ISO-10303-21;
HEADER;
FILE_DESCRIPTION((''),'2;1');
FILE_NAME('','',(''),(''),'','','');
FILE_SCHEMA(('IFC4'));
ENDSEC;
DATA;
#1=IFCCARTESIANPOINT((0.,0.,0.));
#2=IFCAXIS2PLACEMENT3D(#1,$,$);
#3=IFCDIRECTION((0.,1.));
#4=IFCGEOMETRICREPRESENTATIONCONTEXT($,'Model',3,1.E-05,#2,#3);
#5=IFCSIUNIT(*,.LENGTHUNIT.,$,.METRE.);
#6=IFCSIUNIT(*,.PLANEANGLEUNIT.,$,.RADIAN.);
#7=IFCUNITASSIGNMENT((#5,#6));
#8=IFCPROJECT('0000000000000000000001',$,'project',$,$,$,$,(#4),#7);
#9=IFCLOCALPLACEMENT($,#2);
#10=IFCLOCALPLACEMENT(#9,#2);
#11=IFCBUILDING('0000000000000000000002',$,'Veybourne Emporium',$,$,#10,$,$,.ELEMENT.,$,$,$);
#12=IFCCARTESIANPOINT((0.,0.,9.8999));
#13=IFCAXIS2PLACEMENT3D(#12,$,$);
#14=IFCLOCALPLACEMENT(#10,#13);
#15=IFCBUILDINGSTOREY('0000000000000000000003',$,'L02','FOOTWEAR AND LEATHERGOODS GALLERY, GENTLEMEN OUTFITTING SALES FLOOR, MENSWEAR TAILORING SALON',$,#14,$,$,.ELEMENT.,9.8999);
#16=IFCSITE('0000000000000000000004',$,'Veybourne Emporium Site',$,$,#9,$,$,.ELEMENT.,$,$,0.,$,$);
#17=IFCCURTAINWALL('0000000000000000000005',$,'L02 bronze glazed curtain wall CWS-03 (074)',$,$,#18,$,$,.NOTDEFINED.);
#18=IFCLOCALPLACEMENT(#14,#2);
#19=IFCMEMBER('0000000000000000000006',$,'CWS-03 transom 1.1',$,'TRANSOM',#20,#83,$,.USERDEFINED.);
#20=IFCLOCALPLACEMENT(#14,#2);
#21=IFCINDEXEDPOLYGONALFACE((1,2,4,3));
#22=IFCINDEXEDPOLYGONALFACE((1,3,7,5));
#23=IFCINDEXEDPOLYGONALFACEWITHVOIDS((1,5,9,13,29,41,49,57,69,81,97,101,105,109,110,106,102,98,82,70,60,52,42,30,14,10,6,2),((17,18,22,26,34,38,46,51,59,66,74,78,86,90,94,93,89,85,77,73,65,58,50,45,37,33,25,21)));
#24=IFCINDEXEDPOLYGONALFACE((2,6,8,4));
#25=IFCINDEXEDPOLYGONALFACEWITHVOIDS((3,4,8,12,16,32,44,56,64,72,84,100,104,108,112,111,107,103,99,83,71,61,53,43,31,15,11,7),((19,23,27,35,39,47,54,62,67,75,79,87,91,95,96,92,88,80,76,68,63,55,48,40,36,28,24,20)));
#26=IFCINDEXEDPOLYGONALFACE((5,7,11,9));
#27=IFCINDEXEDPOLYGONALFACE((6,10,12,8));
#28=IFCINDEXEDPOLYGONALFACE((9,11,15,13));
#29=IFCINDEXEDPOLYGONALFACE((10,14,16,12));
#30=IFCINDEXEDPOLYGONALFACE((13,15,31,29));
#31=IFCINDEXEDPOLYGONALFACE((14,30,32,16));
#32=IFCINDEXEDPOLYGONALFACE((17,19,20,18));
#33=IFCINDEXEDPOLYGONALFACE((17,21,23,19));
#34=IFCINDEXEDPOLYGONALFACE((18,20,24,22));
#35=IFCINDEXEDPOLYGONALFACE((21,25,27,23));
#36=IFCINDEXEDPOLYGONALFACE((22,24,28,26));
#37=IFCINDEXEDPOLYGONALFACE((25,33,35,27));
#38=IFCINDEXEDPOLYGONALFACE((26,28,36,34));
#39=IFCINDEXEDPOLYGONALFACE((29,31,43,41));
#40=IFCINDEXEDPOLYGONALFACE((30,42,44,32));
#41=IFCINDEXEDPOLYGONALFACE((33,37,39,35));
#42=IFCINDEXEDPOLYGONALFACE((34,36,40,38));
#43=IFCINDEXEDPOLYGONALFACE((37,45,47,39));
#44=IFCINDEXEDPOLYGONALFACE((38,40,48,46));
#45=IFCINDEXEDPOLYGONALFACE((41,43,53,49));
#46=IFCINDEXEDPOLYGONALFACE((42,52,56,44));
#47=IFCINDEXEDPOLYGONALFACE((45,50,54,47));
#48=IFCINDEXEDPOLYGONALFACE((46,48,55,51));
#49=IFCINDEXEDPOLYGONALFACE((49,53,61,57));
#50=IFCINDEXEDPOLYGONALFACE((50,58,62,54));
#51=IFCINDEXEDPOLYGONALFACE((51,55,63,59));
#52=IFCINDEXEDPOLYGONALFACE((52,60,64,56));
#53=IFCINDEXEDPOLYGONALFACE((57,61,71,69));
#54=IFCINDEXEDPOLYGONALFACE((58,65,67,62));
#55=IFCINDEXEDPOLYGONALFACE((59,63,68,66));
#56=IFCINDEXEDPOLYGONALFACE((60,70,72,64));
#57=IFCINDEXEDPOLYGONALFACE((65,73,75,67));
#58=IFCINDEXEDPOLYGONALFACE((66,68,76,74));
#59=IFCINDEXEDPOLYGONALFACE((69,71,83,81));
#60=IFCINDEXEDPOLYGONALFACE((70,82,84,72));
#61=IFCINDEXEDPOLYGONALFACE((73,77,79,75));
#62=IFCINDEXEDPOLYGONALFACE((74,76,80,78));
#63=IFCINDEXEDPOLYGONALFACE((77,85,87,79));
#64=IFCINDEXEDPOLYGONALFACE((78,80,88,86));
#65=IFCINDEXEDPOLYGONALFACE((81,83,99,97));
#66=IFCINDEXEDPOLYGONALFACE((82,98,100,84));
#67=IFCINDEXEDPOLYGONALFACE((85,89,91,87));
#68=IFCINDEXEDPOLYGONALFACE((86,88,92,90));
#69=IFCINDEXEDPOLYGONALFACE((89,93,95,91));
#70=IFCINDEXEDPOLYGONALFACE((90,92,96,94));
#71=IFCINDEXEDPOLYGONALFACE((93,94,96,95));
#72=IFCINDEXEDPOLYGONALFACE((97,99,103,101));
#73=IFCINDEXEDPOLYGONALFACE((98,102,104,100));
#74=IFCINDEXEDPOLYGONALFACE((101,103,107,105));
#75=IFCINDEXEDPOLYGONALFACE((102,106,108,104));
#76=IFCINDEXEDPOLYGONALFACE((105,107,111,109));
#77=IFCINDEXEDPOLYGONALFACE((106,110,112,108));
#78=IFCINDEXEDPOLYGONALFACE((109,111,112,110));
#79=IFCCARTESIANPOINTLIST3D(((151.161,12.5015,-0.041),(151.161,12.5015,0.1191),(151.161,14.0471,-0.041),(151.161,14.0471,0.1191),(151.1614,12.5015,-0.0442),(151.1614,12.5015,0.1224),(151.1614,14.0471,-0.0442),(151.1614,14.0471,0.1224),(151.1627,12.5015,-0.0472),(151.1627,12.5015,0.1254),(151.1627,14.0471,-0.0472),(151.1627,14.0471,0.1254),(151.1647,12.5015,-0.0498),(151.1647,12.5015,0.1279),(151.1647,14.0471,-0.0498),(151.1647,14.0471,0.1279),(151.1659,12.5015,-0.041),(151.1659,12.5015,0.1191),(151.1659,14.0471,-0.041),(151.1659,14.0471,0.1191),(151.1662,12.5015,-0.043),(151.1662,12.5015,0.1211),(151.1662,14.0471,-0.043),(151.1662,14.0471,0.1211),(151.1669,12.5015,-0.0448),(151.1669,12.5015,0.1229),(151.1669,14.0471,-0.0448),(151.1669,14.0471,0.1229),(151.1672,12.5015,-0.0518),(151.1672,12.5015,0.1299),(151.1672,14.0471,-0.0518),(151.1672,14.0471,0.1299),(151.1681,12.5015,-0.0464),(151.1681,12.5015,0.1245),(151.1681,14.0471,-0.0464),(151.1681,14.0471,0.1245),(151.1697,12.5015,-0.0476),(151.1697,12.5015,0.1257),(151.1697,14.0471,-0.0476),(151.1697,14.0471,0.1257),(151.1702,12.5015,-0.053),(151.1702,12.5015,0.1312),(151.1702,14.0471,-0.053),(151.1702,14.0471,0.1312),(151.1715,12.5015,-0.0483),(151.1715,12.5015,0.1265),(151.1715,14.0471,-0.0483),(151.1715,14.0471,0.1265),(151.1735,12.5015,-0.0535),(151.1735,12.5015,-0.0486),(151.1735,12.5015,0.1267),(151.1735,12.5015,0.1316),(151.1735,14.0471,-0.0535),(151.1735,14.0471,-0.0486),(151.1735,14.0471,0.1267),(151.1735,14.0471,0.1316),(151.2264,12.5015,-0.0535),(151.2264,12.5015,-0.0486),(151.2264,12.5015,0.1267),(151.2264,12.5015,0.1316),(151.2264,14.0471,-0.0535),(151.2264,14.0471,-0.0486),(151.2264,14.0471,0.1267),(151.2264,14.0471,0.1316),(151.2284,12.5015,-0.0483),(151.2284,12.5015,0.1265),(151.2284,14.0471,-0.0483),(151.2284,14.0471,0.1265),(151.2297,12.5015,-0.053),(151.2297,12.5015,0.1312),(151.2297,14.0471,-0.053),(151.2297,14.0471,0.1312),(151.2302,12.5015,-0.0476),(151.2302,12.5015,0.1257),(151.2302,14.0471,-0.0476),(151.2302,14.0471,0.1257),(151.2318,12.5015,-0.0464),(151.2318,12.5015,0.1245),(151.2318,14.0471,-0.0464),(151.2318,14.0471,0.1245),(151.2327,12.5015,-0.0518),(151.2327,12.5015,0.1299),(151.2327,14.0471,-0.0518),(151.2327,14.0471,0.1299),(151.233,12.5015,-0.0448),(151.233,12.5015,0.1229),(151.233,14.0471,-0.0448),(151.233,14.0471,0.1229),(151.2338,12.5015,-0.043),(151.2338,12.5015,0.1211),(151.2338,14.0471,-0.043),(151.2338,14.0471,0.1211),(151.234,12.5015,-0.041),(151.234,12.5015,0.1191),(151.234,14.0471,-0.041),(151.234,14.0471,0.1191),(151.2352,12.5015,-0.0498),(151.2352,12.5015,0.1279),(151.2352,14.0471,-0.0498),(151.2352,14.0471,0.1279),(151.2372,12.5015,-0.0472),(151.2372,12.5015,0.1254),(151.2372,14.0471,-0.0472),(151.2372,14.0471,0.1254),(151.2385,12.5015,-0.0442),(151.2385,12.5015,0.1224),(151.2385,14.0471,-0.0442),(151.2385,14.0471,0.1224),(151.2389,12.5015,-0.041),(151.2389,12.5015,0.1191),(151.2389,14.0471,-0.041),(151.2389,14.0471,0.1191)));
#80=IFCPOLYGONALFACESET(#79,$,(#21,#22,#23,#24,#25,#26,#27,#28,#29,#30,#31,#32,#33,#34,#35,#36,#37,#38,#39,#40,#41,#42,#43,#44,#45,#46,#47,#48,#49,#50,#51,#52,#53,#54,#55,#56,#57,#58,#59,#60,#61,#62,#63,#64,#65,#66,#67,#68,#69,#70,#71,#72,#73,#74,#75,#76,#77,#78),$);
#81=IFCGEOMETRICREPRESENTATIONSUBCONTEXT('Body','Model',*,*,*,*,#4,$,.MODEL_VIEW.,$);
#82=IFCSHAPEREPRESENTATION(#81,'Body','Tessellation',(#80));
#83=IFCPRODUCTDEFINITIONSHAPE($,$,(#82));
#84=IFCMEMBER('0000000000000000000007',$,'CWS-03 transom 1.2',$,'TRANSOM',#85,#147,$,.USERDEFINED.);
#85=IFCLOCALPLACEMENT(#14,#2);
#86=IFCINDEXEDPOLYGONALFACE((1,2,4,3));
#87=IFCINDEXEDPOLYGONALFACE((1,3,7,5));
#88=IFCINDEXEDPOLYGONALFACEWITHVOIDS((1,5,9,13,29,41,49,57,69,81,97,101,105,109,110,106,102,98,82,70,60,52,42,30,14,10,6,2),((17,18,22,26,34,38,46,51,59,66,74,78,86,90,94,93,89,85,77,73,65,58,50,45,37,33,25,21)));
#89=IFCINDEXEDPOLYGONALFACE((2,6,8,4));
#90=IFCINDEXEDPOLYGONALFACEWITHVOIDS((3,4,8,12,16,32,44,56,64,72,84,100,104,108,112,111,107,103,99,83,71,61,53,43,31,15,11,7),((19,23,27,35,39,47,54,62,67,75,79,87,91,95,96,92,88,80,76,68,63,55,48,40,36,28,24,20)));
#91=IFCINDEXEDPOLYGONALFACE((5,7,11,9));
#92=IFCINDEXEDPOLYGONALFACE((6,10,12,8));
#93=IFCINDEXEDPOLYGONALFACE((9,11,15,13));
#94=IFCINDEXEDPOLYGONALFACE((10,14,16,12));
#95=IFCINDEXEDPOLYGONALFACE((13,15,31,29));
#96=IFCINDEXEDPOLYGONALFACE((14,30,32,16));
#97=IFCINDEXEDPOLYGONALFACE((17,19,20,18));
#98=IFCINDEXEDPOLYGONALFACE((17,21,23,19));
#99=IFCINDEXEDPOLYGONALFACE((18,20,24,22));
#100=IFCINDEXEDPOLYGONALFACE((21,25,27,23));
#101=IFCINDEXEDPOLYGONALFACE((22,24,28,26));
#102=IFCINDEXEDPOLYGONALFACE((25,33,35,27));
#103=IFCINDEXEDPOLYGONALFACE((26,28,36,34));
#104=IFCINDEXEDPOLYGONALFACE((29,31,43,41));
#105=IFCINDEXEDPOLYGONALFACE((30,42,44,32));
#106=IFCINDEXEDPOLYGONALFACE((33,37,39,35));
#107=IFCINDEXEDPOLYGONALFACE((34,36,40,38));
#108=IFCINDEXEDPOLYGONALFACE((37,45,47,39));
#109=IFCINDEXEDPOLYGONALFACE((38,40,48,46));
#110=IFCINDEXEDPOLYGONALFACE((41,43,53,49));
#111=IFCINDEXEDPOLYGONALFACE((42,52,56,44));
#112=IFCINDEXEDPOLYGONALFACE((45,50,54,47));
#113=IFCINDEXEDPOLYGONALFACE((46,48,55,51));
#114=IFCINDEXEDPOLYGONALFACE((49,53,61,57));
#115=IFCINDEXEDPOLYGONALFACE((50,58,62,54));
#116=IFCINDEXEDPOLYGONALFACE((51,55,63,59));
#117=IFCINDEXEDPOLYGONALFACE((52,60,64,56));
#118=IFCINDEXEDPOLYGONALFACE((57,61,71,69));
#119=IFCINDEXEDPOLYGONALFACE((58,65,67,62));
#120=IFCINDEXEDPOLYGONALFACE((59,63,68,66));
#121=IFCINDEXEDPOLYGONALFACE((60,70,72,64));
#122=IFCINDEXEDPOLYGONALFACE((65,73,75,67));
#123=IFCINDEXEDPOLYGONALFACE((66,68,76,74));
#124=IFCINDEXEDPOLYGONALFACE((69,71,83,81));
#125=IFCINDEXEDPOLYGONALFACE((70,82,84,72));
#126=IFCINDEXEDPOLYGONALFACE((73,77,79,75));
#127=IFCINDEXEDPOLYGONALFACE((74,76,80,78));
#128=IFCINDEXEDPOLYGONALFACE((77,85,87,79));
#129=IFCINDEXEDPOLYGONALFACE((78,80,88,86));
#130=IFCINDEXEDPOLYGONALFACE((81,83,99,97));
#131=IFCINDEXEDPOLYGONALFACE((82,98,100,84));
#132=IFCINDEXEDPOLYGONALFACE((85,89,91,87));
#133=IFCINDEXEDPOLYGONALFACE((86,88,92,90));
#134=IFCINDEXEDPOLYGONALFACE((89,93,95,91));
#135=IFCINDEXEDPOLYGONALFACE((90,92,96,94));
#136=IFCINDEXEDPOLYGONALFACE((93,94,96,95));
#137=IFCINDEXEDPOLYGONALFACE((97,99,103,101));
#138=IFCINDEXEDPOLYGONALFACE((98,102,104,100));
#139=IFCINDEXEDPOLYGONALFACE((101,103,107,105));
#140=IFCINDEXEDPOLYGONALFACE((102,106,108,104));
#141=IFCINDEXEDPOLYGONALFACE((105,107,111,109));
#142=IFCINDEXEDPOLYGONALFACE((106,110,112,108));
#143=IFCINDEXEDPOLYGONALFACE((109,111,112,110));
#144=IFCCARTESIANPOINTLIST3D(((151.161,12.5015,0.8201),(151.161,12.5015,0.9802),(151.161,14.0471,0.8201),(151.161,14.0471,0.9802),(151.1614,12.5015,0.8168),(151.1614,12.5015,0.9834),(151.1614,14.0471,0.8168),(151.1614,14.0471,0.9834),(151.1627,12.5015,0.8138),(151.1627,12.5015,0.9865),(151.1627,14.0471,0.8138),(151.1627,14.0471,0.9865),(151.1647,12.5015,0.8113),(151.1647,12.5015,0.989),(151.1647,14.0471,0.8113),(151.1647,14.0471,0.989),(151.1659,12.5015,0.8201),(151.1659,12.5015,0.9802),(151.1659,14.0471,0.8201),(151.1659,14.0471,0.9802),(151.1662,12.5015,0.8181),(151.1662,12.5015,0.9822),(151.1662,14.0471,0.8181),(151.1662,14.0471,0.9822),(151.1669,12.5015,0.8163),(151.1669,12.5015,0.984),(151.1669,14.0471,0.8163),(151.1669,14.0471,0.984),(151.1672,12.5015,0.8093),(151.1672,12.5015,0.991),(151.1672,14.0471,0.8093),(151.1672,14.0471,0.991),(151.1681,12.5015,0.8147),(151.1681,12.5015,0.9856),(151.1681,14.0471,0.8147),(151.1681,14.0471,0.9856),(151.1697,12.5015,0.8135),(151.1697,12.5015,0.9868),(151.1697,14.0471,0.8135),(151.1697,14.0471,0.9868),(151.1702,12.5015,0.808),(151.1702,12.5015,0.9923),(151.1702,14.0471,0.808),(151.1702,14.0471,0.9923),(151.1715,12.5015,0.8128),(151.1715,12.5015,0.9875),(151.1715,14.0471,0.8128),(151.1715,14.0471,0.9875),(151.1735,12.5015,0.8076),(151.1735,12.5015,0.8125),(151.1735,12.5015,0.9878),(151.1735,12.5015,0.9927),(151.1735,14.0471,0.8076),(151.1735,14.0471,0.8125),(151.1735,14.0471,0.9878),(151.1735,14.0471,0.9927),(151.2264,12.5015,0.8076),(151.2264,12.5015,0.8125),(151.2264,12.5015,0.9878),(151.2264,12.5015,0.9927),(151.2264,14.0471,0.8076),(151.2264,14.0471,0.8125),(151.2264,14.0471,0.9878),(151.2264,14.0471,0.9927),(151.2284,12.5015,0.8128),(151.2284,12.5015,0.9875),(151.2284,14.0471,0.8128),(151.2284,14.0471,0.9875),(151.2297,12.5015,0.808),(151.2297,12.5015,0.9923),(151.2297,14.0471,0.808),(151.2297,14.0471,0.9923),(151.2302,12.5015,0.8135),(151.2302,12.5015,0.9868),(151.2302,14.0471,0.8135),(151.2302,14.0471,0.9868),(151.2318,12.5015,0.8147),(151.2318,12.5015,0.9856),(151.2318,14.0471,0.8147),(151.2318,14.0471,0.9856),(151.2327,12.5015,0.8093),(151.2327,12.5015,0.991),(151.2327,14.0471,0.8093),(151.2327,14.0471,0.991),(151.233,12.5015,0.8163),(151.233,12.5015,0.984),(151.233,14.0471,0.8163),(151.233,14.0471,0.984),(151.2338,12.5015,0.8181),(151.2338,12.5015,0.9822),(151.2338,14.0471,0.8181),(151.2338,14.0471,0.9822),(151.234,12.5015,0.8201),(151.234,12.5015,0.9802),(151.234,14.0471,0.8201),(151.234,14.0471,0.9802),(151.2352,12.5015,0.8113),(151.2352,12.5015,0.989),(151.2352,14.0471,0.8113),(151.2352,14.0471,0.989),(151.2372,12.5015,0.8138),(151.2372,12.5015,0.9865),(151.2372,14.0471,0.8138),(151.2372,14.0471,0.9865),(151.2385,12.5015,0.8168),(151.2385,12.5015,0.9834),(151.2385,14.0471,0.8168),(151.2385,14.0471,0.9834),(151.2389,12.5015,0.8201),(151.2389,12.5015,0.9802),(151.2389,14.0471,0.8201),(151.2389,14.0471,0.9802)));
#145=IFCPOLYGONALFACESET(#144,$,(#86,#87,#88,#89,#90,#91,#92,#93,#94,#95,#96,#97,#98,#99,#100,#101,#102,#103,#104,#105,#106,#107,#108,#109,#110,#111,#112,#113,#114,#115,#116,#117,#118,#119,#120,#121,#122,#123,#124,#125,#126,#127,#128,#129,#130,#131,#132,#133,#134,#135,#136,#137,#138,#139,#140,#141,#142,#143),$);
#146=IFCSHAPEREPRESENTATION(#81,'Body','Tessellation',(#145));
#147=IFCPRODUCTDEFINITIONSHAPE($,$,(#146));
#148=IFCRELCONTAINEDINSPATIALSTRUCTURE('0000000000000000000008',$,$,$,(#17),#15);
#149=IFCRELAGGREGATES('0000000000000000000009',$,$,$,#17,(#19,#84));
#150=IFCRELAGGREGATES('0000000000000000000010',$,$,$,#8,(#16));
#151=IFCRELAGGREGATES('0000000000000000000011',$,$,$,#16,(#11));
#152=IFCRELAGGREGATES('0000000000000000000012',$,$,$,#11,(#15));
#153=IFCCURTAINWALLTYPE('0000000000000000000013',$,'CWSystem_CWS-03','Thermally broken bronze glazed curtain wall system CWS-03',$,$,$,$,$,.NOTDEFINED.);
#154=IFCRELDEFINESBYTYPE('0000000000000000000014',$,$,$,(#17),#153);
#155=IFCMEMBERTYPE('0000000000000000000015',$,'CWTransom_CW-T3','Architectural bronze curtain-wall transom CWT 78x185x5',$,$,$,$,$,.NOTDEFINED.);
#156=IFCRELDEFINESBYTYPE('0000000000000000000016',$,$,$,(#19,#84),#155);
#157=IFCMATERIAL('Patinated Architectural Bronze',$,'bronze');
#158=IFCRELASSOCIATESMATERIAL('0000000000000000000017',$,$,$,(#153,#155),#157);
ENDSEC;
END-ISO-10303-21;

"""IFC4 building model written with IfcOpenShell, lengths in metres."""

from ifc_helpers import new_model, si_unit, direction, frame, origin, origin_2d, place, context, subcontext, project, spatial, hollow_rectangle, extrude, material, material_profile, profile_set, type_object, element, aggregate, save


model = new_model("IFC4")

# Units and contexts
model_context = context("Model", 3, precision=1e-05, world=origin(), true_north=direction((0.0, 1.0)))
body_context = subcontext(model_context, "Body", "Model", "MODEL_VIEW")
ifc_project = project(units=[si_unit("LENGTHUNIT", "METRE"), si_unit("PLANEANGLEUNIT", "RADIAN")], contexts=[model_context])

# Site, building, storey
site_placement = place(None, origin())
site = spatial("IfcSite", under=ifc_project, at=site_placement, Name="Veybourne Emporium Site", CompositionType="ELEMENT", RefElevation=0.0)
building_placement = place(site_placement, origin())
building = spatial("IfcBuilding", under=site, at=building_placement, Name="Veybourne Emporium", CompositionType="ELEMENT")
storey_placement = place(building_placement, frame((0.0, 0.0, 9.8999)))
storey = spatial("IfcBuildingStorey", under=building, at=storey_placement, Name="L02", Description="FOOTWEAR AND LEATHERGOODS GALLERY, GENTLEMEN OUTFITTING SALES FLOOR, MENSWEAR TAILORING SALON", CompositionType="ELEMENT", Elevation=9.8999)

# Curtain wall
ifc_material_1 = material(Name="Patinated Architectural Bronze", Category="bronze")
curtain_wall_type_1 = type_object("IfcCurtainWallType", Name="CWSystem_CWS-03", Description="Thermally broken bronze glazed curtain wall system CWS-03", PredefinedType="NOTDEFINED", material=ifc_material_1)
curtain_wall_1_placement = place(storey_placement, origin())
curtain_wall_1 = element("IfcCurtainWall", 1, at=curtain_wall_1_placement, inside=storey, type_object=curtain_wall_type_1, Name="L02 bronze glazed curtain wall CWS-03 (074)", PredefinedType="NOTDEFINED")

# Members
ifc_material_profile_1 = material_profile(ifc_material_1, hollow_rectangle(XDim=0.0779, YDim=0.1851, WallThickness=0.0049, InnerFilletRadius=0.0076, OuterFilletRadius=0.0125, at=origin_2d()), Name="CWT 78x185x5")
ifc_profile_set_1 = profile_set([ifc_material_profile_1], Name="Patinated Architectural Bronze")
member_type_1 = type_object("IfcMemberType", Name="CWTransom_CW-T3", Description="Architectural bronze curtain-wall transom CWT 78x185x5", PredefinedType="NOTDEFINED", material=ifc_profile_set_1)
member_1_placement = place(storey_placement, frame((151.2, 14.0471, 0.0391), z_axis=(0.0, -1.0, 0.0), x_axis=(1.0, 0.0, 0.0)))
member_1 = element("IfcMember", 2, at=member_1_placement, type_object=member_type_1, Name="CWS-03 transom 1.1", ObjectType="TRANSOM", PredefinedType="USERDEFINED", context=body_context, shape_type="SweptSolid", body=[
    extrude(hollow_rectangle(XDim=0.0779, YDim=0.1851, WallThickness=0.0049, InnerFilletRadius=0.0076, OuterFilletRadius=0.0125, at=origin_2d()), origin(), (0.0, 0.0, 1.0), 1.5457),
])
member_2_placement = place(storey_placement, frame((151.2, 14.0471, 0.9001), z_axis=(0.0, -1.0, 0.0), x_axis=(1.0, 0.0, 0.0)))
member_2 = element("IfcMember", 3, at=member_2_placement, type_object=member_type_1, Name="CWS-03 transom 1.2", ObjectType="TRANSOM", PredefinedType="USERDEFINED", context=body_context, shape_type="SweptSolid", body=[
    extrude(hollow_rectangle(XDim=0.0779, YDim=0.1851, WallThickness=0.0049, InnerFilletRadius=0.0076, OuterFilletRadius=0.0125, at=origin_2d()), origin(), (0.0, 0.0, 1.0), 1.5457),
])

aggregate(curtain_wall_1, [member_1, member_2])

save(model, "model.ifc")
